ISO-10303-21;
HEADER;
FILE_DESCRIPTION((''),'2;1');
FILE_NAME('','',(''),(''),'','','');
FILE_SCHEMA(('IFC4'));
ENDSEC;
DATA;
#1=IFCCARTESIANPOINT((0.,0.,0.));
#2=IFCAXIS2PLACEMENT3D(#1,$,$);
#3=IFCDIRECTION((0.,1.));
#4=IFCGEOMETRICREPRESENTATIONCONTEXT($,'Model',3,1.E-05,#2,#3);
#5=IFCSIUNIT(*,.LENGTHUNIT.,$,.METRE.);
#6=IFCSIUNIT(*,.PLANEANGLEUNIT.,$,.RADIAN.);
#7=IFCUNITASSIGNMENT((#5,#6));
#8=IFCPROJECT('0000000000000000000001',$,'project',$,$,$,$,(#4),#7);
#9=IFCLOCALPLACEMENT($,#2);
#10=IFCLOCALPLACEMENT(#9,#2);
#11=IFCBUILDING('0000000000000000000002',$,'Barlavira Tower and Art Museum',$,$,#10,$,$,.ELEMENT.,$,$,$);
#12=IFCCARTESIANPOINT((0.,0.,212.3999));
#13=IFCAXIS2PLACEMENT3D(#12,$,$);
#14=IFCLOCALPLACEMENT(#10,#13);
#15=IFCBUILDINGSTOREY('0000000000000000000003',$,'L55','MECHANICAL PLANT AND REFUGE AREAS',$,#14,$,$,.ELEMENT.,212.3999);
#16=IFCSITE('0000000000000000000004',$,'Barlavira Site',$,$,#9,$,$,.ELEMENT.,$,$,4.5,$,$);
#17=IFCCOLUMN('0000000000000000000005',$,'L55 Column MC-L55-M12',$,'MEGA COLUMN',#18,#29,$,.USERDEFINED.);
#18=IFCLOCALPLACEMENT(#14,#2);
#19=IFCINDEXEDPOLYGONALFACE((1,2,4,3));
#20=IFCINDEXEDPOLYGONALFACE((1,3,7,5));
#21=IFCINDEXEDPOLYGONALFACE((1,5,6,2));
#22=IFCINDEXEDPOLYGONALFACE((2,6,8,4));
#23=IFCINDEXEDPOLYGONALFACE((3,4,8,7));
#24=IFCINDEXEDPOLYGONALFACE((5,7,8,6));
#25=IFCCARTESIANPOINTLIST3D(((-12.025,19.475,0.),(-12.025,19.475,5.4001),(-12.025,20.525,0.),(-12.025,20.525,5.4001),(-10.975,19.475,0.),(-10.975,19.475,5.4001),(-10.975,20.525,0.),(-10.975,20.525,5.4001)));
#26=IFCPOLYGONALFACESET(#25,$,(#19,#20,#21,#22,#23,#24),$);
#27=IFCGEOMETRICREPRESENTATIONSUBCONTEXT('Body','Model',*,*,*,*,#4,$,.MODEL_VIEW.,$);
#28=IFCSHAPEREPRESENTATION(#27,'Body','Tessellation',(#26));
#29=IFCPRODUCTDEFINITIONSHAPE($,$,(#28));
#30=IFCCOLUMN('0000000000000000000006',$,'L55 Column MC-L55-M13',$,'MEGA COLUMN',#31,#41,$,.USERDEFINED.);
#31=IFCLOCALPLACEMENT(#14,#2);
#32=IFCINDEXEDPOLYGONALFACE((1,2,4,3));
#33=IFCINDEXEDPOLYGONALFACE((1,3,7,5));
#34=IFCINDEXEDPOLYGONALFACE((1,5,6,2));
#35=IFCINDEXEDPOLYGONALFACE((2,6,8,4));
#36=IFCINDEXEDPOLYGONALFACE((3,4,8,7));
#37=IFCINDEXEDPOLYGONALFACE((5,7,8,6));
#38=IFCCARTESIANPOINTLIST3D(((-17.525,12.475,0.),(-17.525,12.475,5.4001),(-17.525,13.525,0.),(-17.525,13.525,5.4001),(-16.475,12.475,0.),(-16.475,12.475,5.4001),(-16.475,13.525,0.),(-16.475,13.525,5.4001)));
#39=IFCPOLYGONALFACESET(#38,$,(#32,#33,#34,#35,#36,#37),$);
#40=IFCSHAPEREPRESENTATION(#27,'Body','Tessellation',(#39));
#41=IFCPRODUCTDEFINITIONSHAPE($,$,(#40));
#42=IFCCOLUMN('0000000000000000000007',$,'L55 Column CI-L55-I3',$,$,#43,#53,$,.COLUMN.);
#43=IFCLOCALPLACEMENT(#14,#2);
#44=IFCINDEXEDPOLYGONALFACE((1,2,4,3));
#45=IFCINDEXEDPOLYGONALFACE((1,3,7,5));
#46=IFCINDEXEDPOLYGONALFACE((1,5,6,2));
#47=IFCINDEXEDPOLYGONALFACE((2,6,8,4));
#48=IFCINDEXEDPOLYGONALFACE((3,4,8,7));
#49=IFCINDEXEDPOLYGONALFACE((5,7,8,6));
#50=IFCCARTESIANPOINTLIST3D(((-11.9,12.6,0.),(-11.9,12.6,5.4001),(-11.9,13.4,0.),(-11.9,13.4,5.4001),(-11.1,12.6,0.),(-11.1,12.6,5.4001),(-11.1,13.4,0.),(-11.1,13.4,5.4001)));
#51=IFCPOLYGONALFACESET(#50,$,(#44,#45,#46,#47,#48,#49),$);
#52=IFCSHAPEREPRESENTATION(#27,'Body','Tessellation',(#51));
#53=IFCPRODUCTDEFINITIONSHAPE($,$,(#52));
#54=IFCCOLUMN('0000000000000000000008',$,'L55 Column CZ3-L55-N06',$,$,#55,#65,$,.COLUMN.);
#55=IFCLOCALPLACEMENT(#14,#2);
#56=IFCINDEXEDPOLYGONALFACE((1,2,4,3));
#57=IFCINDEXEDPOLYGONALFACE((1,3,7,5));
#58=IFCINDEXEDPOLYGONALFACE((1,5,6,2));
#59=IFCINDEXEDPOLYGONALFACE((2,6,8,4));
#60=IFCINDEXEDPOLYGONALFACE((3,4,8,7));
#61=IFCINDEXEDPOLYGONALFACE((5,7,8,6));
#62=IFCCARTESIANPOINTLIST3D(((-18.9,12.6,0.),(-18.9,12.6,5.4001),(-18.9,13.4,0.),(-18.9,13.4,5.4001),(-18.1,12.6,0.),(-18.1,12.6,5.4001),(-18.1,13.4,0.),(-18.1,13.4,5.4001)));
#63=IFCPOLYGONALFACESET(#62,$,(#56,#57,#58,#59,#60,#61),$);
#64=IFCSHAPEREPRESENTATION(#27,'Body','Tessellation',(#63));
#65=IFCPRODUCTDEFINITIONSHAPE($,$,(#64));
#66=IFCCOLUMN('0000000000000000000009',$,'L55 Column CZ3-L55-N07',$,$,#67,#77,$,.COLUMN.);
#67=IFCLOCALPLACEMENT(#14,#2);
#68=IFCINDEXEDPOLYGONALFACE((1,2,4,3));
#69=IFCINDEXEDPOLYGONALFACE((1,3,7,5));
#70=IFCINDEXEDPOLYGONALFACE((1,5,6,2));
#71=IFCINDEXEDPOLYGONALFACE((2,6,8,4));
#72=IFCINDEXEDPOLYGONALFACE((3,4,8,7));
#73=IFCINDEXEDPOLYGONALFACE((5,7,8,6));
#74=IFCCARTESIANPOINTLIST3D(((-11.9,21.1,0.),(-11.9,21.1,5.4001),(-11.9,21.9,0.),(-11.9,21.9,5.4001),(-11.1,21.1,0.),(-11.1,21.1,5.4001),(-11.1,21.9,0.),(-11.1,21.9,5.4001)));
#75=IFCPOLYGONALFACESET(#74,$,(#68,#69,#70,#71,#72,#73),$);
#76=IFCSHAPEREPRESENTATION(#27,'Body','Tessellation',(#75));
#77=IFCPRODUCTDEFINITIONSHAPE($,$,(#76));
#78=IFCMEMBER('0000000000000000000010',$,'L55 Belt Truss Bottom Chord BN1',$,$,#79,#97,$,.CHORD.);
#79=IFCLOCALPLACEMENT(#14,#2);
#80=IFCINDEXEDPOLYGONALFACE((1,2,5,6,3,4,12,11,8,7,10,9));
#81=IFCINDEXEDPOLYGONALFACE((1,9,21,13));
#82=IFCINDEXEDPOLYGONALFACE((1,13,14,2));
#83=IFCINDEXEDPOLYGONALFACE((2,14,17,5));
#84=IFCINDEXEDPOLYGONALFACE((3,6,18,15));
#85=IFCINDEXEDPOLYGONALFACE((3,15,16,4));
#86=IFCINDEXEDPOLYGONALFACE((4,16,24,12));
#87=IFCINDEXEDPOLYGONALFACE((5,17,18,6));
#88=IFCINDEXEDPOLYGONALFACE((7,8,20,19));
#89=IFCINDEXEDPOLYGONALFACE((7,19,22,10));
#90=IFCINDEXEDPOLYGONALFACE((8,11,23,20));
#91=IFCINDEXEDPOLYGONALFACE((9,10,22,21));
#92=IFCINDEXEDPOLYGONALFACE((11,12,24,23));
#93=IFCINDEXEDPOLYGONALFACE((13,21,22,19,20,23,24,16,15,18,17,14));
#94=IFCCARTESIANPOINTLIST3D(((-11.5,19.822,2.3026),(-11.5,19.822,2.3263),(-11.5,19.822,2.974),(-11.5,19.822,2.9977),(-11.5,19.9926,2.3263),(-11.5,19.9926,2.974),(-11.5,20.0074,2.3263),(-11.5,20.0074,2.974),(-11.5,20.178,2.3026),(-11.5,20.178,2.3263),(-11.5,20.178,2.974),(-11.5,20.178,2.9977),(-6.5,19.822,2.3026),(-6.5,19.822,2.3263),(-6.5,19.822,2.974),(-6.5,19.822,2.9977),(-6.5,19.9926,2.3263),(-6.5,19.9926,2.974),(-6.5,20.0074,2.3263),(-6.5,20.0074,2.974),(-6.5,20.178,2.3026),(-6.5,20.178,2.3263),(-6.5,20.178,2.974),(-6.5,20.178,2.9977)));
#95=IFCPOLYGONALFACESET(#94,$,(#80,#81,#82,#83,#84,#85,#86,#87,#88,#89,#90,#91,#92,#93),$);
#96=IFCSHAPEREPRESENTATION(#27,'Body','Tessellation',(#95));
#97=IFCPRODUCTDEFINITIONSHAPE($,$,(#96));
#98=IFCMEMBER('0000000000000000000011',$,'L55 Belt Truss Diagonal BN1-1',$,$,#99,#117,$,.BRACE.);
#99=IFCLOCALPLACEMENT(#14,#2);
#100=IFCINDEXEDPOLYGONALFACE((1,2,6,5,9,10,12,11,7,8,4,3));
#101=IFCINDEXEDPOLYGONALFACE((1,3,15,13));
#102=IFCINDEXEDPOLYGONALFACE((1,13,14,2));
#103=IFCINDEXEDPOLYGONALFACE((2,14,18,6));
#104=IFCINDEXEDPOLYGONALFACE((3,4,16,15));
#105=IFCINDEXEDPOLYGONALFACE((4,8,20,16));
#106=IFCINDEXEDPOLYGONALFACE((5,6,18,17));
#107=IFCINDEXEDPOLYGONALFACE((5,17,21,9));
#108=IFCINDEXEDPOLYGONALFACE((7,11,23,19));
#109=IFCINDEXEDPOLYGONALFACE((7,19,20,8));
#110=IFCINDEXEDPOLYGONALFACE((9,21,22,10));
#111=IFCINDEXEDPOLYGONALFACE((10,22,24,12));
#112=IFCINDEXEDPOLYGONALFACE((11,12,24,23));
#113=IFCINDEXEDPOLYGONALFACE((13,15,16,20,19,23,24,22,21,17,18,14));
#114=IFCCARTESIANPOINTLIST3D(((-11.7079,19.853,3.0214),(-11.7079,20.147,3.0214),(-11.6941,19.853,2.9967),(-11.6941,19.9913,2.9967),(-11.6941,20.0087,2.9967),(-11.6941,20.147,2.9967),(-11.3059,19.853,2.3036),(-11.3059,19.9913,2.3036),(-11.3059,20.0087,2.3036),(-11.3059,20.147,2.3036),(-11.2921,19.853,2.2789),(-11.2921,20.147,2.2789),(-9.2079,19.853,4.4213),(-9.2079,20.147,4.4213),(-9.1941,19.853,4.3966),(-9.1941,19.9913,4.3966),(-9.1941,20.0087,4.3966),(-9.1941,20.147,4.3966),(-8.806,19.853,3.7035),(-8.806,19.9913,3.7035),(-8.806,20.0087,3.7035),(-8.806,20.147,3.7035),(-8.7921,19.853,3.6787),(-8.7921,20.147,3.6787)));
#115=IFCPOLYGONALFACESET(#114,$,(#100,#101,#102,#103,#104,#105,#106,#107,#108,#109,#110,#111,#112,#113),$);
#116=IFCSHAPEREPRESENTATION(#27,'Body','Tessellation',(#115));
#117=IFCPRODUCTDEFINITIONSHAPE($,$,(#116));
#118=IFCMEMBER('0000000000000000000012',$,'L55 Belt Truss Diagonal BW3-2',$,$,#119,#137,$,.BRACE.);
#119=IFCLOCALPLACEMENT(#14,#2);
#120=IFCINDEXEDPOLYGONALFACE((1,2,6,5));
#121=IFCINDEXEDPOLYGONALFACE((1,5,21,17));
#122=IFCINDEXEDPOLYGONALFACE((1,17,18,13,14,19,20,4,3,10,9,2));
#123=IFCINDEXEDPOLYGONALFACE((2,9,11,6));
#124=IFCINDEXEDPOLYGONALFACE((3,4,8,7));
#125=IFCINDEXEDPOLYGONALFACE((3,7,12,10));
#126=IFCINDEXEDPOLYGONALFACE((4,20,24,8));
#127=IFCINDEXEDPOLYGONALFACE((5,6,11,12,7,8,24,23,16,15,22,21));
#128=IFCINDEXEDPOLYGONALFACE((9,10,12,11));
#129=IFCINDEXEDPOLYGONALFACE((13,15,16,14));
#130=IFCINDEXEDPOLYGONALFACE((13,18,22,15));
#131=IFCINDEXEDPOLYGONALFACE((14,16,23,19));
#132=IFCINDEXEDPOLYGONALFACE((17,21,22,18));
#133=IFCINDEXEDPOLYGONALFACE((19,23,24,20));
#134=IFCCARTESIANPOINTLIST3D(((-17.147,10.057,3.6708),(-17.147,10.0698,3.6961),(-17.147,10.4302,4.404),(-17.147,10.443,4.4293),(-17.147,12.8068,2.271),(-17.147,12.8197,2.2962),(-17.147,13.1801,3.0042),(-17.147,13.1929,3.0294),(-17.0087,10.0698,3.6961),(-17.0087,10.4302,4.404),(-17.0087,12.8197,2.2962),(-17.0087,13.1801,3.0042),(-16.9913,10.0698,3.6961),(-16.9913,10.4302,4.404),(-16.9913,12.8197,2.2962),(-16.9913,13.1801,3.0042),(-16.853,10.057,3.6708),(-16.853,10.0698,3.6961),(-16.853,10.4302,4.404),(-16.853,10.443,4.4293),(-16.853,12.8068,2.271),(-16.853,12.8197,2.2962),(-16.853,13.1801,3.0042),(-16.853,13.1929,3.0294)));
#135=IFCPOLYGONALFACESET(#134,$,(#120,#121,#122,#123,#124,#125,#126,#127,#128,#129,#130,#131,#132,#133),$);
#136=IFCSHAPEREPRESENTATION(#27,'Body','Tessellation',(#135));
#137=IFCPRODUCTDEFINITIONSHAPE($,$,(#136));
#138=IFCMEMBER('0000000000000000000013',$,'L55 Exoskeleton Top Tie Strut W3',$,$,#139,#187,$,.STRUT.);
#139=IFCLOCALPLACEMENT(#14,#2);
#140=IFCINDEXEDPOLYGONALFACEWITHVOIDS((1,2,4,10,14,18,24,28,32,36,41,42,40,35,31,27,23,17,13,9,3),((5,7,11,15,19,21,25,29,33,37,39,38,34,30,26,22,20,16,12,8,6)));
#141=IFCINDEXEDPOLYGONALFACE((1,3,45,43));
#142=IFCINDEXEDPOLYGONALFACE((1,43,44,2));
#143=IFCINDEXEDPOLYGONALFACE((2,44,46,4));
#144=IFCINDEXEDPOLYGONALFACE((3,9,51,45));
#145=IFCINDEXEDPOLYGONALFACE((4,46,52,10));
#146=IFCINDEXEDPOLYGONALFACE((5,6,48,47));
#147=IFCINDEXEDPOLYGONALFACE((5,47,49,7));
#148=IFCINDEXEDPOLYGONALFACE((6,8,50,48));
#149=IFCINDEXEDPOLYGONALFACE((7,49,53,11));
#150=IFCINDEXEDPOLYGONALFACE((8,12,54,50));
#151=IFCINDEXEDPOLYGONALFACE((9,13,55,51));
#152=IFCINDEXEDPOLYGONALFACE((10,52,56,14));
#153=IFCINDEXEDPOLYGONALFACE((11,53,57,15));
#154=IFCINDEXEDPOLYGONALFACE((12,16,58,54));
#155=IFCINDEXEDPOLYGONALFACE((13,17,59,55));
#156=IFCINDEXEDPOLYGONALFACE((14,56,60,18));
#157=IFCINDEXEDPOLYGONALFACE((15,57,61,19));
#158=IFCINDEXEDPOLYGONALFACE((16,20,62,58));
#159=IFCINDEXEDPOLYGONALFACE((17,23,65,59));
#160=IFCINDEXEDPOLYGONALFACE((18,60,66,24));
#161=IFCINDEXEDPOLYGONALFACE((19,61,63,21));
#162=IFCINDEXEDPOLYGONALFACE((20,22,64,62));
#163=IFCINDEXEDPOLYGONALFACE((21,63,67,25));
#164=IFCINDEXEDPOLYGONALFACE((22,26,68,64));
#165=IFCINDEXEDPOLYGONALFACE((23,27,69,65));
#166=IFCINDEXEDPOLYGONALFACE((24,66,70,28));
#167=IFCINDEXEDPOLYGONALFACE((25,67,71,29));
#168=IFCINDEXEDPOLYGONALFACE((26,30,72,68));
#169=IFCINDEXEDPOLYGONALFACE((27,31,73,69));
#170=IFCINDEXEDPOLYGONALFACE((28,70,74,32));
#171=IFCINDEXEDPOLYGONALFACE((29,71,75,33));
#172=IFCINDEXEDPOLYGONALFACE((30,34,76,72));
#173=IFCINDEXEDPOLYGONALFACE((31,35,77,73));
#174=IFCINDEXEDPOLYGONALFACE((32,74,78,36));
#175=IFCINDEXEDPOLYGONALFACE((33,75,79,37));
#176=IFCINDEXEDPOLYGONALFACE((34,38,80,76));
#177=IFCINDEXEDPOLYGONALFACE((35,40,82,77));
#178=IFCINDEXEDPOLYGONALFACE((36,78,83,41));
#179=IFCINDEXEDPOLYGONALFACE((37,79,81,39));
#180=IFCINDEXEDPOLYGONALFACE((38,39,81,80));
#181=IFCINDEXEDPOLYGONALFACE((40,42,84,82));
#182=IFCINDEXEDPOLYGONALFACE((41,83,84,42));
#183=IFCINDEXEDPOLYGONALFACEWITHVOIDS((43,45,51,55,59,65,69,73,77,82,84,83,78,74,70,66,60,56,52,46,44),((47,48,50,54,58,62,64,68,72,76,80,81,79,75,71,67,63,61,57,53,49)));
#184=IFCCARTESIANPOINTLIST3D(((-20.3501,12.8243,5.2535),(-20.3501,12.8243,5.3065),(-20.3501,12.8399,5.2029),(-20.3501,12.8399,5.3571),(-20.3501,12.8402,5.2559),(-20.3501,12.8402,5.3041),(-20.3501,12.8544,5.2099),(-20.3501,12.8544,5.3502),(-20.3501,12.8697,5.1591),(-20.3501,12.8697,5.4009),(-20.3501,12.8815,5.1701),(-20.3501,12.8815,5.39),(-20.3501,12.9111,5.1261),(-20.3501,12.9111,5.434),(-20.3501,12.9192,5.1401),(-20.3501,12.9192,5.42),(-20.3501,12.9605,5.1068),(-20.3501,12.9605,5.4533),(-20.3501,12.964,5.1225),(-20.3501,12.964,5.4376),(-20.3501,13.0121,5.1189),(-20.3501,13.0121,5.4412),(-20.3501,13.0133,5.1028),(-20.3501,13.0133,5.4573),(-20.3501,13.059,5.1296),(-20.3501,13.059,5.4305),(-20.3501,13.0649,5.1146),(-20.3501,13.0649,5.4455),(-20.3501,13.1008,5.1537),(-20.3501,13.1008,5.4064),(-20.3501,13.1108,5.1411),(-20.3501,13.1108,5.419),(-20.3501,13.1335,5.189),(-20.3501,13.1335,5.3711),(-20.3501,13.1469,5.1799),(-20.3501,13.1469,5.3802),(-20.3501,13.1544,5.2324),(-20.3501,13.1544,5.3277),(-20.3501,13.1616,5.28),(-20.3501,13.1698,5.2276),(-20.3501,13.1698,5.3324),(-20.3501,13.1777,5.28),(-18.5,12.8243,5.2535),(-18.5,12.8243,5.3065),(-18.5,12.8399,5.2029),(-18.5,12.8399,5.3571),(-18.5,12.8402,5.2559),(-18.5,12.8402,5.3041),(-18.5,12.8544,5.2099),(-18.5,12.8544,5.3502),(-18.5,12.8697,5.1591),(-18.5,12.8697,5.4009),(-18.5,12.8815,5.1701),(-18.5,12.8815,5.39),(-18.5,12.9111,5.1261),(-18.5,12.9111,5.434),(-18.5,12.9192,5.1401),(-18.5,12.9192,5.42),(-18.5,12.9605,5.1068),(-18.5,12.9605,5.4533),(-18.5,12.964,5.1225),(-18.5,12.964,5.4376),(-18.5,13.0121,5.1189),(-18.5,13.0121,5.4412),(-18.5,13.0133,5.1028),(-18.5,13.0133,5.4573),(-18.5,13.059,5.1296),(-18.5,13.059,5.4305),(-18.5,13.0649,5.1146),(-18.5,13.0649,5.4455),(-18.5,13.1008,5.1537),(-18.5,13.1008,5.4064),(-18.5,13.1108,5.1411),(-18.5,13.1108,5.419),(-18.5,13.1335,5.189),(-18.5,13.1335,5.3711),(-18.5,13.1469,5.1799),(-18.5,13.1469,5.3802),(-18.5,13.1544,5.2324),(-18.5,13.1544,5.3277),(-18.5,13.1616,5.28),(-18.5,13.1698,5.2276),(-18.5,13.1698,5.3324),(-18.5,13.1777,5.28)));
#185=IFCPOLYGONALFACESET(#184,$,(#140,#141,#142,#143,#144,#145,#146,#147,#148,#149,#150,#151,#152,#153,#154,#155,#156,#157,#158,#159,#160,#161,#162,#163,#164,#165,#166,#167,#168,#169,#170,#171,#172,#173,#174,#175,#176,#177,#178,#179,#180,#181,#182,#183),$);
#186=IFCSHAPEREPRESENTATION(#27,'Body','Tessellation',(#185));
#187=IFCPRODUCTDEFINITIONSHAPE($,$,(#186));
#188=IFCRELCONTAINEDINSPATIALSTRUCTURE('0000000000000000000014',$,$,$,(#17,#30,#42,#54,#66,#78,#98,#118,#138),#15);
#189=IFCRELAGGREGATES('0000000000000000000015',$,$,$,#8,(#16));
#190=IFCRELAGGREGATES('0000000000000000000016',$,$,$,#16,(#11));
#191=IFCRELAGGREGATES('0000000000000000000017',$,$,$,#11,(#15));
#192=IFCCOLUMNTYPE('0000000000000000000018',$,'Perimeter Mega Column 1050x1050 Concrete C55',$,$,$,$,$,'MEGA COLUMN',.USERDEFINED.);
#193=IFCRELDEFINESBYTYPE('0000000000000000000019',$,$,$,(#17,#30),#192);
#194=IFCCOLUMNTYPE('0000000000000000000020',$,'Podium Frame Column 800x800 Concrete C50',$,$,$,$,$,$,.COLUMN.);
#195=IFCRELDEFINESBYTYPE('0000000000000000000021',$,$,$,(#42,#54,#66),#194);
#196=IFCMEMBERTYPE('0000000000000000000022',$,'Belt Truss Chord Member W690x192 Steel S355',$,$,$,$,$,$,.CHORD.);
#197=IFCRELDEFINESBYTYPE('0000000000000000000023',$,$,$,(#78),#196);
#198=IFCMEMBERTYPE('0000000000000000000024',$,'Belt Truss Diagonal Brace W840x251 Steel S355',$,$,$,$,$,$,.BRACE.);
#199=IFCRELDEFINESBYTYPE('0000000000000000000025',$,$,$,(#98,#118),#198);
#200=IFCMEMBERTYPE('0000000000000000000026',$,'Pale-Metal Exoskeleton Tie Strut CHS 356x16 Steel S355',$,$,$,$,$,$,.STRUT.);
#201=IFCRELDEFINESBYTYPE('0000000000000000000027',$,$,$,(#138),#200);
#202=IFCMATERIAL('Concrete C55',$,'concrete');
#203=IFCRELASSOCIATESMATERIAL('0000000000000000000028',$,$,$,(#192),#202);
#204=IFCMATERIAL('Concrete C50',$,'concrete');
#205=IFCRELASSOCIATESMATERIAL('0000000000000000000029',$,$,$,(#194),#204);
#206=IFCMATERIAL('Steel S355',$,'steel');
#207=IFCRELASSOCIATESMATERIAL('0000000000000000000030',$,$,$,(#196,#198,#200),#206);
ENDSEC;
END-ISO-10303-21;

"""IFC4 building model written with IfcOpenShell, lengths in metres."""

from ifc_helpers import new_model, si_unit, direction, frame, origin, origin_2d, place, context, subcontext, project, spatial, rectangle, hollow_circle, i_section, extrude, material, material_profile, profile_set, type_object, element, save


model = new_model("IFC4")

# Units and contexts
model_context = context("Model", 3, precision=1e-05, world=origin(), true_north=direction((0.0, 1.0)))
body_context = subcontext(model_context, "Body", "Model", "MODEL_VIEW")
ifc_project = project(units=[si_unit("LENGTHUNIT", "METRE"), si_unit("PLANEANGLEUNIT", "RADIAN")], contexts=[model_context])

# Site, building, storey
site_placement = place(None, origin())
site = spatial("IfcSite", under=ifc_project, at=site_placement, Name="Barlavira Site", CompositionType="ELEMENT", RefElevation=4.5)
building_placement = place(site_placement, origin())
building = spatial("IfcBuilding", under=site, at=building_placement, Name="Barlavira Tower and Art Museum", CompositionType="ELEMENT")
storey_placement = place(building_placement, frame((0.0, 0.0, 212.3999)))
storey = spatial("IfcBuildingStorey", under=building, at=storey_placement, Name="L55", Description="MECHANICAL PLANT AND REFUGE AREAS", CompositionType="ELEMENT", Elevation=212.3999)

# Columns
ifc_material_1 = material(Name="Concrete C55", Category="concrete")
ifc_material_profile_1 = material_profile(ifc_material_1, rectangle(XDim=1.05, YDim=1.05, at=origin_2d()), Name="RC-COL 1050x1050")
ifc_profile_set_1 = profile_set([ifc_material_profile_1], Name="Concrete C55")
column_type_1 = type_object("IfcColumnType", Name="Perimeter Mega Column 1050x1050 Concrete C55", ElementType="MEGA COLUMN", PredefinedType="USERDEFINED", material=ifc_profile_set_1)
for number, where, z_axis, x_axis, name in (
    (1, (-11.5, 20.0, 0.0), (0.0, 0.0, 1.0), (1.0, 0.0, 0.0), "L55 Column MC-L55-M12"),
    (2, (-17.0, 13.0, 0.0), (0.0, 0.0, 1.0), (1.0, 0.0, 0.0), "L55 Column MC-L55-M13"),
):
    element("IfcColumn", number, at=place(storey_placement, frame(where, z_axis=z_axis, x_axis=x_axis)), inside=storey, type_object=column_type_1, Name=name, ObjectType="MEGA COLUMN", PredefinedType="USERDEFINED", context=body_context, shape_type="SweptSolid", body=[
        extrude(rectangle(XDim=1.05, YDim=1.05, at=origin_2d()), origin(), (0.0, 0.0, 1.0), 5.4001),
    ])
ifc_material_2 = material(Name="Concrete C50", Category="concrete")
ifc_material_profile_2 = material_profile(ifc_material_2, rectangle(XDim=0.8, YDim=0.8, at=origin_2d()), Name="RC-COL 800x800")
ifc_profile_set_2 = profile_set([ifc_material_profile_2], Name="Concrete C50")
column_type_2 = type_object("IfcColumnType", Name="Podium Frame Column 800x800 Concrete C50", PredefinedType="COLUMN", material=ifc_profile_set_2)
for number, where, z_axis, x_axis, name in (
    (3, (-11.5, 13.0, 0.0), (0.0, 0.0, 1.0), (1.0, 0.0, 0.0), "L55 Column CI-L55-I3"),
    (4, (-18.5, 13.0, 0.0), (0.0, 0.0, 1.0), (1.0, 0.0, 0.0), "L55 Column CZ3-L55-N06"),
    (5, (-11.5, 21.5, 0.0), (0.0, 0.0, 1.0), (1.0, 0.0, 0.0), "L55 Column CZ3-L55-N07"),
):
    element("IfcColumn", number, at=place(storey_placement, frame(where, z_axis=z_axis, x_axis=x_axis)), inside=storey, type_object=column_type_2, Name=name, PredefinedType="COLUMN", context=body_context, shape_type="SweptSolid", body=[
        extrude(rectangle(XDim=0.8, YDim=0.8, at=origin_2d()), origin(), (0.0, 0.0, 1.0), 5.4001),
    ])

# Members
ifc_material_3 = material(Name="Steel S355", Category="steel")
ifc_material_profile_3 = material_profile(ifc_material_3, i_section(OverallWidth=0.356, OverallDepth=0.6951, WebThickness=0.0149, FlangeThickness=0.0237, at=origin_2d()), Name="W690x192.0")
ifc_profile_set_3 = profile_set([ifc_material_profile_3], Name="Steel S355")
member_type_1 = type_object("IfcMemberType", Name="Belt Truss Chord Member W690x192 Steel S355", PredefinedType="CHORD", material=ifc_profile_set_3)
member_1_placement = place(storey_placement, frame((-11.5, 20.0, 2.6501), z_axis=(1.0, 0.0, 0.0), x_axis=(0.0, 1.0, 0.0)))
element("IfcMember", 6, at=member_1_placement, inside=storey, type_object=member_type_1, Name="L55 Belt Truss Bottom Chord BN1", PredefinedType="CHORD", context=body_context, shape_type="SweptSolid", body=[
    extrude(i_section(OverallWidth=0.356, OverallDepth=0.6951, WebThickness=0.0149, FlangeThickness=0.0237, at=origin_2d()), origin(), (0.0, 0.0, 1.0), 5.0),
])
ifc_material_profile_4 = material_profile(ifc_material_3, i_section(OverallWidth=0.2939, OverallDepth=0.8511, WebThickness=0.0173, FlangeThickness=0.0283, at=origin_2d()), Name="W840x251.0")
ifc_profile_set_4 = profile_set([ifc_material_profile_4], Name="Steel S355")
member_type_2 = type_object("IfcMemberType", Name="Belt Truss Diagonal Brace W840x251 Steel S355", PredefinedType="BRACE", material=ifc_profile_set_4)
member_2_placement = place(storey_placement, frame((-11.5, 20.0, 2.6501), z_axis=(0.872521, 0.0, 0.488577), x_axis=(0.0, 1.0, 0.0)))
element("IfcMember", 7, at=member_2_placement, inside=storey, type_object=member_type_2, Name="L55 Belt Truss Diagonal BN1-1", PredefinedType="BRACE", context=body_context, shape_type="SweptSolid", body=[
    extrude(i_section(OverallWidth=0.2939, OverallDepth=0.8511, WebThickness=0.0173, FlangeThickness=0.0283, at=origin_2d()), origin(), (0.0, 0.0, 1.0), 2.8652),
])
member_3_placement = place(storey_placement, frame((-17.0, 10.25, 4.05), z_axis=(0.0, 0.891176, -0.453658), x_axis=(-1.0, 0.0, 0.0)))
element("IfcMember", 8, at=member_3_placement, inside=storey, type_object=member_type_2, Name="L55 Belt Truss Diagonal BW3-2", PredefinedType="BRACE", context=body_context, shape_type="SweptSolid", body=[
    extrude(i_section(OverallWidth=0.2939, OverallDepth=0.8511, WebThickness=0.0173, FlangeThickness=0.0283, at=origin_2d()), origin(), (0.0, 0.0, 1.0), 3.0857),
])
ifc_material_profile_5 = material_profile(ifc_material_3, hollow_circle(Radius=0.1777, WallThickness=0.0161, at=origin_2d()), Name="CHS 355.6x16.0")
ifc_profile_set_5 = profile_set([ifc_material_profile_5], Name="Steel S355")
member_type_3 = type_object("IfcMemberType", Name="Pale-Metal Exoskeleton Tie Strut CHS 356x16 Steel S355", PredefinedType="STRUT", material=ifc_profile_set_5)
member_4_placement = place(storey_placement, frame((-20.3501, 13.0, 5.28), z_axis=(1.0, 0.0, 0.0), x_axis=(0.0, 1.0, 0.0)))
element("IfcMember", 9, at=member_4_placement, inside=storey, type_object=member_type_3, Name="L55 Exoskeleton Top Tie Strut W3", PredefinedType="STRUT", context=body_context, shape_type="SweptSolid", body=[
    extrude(hollow_circle(Radius=0.1777, WallThickness=0.0161, at=origin_2d()), origin(), (0.0, 0.0, 1.0), 1.8501),
])

save(model, "model.ifc")
